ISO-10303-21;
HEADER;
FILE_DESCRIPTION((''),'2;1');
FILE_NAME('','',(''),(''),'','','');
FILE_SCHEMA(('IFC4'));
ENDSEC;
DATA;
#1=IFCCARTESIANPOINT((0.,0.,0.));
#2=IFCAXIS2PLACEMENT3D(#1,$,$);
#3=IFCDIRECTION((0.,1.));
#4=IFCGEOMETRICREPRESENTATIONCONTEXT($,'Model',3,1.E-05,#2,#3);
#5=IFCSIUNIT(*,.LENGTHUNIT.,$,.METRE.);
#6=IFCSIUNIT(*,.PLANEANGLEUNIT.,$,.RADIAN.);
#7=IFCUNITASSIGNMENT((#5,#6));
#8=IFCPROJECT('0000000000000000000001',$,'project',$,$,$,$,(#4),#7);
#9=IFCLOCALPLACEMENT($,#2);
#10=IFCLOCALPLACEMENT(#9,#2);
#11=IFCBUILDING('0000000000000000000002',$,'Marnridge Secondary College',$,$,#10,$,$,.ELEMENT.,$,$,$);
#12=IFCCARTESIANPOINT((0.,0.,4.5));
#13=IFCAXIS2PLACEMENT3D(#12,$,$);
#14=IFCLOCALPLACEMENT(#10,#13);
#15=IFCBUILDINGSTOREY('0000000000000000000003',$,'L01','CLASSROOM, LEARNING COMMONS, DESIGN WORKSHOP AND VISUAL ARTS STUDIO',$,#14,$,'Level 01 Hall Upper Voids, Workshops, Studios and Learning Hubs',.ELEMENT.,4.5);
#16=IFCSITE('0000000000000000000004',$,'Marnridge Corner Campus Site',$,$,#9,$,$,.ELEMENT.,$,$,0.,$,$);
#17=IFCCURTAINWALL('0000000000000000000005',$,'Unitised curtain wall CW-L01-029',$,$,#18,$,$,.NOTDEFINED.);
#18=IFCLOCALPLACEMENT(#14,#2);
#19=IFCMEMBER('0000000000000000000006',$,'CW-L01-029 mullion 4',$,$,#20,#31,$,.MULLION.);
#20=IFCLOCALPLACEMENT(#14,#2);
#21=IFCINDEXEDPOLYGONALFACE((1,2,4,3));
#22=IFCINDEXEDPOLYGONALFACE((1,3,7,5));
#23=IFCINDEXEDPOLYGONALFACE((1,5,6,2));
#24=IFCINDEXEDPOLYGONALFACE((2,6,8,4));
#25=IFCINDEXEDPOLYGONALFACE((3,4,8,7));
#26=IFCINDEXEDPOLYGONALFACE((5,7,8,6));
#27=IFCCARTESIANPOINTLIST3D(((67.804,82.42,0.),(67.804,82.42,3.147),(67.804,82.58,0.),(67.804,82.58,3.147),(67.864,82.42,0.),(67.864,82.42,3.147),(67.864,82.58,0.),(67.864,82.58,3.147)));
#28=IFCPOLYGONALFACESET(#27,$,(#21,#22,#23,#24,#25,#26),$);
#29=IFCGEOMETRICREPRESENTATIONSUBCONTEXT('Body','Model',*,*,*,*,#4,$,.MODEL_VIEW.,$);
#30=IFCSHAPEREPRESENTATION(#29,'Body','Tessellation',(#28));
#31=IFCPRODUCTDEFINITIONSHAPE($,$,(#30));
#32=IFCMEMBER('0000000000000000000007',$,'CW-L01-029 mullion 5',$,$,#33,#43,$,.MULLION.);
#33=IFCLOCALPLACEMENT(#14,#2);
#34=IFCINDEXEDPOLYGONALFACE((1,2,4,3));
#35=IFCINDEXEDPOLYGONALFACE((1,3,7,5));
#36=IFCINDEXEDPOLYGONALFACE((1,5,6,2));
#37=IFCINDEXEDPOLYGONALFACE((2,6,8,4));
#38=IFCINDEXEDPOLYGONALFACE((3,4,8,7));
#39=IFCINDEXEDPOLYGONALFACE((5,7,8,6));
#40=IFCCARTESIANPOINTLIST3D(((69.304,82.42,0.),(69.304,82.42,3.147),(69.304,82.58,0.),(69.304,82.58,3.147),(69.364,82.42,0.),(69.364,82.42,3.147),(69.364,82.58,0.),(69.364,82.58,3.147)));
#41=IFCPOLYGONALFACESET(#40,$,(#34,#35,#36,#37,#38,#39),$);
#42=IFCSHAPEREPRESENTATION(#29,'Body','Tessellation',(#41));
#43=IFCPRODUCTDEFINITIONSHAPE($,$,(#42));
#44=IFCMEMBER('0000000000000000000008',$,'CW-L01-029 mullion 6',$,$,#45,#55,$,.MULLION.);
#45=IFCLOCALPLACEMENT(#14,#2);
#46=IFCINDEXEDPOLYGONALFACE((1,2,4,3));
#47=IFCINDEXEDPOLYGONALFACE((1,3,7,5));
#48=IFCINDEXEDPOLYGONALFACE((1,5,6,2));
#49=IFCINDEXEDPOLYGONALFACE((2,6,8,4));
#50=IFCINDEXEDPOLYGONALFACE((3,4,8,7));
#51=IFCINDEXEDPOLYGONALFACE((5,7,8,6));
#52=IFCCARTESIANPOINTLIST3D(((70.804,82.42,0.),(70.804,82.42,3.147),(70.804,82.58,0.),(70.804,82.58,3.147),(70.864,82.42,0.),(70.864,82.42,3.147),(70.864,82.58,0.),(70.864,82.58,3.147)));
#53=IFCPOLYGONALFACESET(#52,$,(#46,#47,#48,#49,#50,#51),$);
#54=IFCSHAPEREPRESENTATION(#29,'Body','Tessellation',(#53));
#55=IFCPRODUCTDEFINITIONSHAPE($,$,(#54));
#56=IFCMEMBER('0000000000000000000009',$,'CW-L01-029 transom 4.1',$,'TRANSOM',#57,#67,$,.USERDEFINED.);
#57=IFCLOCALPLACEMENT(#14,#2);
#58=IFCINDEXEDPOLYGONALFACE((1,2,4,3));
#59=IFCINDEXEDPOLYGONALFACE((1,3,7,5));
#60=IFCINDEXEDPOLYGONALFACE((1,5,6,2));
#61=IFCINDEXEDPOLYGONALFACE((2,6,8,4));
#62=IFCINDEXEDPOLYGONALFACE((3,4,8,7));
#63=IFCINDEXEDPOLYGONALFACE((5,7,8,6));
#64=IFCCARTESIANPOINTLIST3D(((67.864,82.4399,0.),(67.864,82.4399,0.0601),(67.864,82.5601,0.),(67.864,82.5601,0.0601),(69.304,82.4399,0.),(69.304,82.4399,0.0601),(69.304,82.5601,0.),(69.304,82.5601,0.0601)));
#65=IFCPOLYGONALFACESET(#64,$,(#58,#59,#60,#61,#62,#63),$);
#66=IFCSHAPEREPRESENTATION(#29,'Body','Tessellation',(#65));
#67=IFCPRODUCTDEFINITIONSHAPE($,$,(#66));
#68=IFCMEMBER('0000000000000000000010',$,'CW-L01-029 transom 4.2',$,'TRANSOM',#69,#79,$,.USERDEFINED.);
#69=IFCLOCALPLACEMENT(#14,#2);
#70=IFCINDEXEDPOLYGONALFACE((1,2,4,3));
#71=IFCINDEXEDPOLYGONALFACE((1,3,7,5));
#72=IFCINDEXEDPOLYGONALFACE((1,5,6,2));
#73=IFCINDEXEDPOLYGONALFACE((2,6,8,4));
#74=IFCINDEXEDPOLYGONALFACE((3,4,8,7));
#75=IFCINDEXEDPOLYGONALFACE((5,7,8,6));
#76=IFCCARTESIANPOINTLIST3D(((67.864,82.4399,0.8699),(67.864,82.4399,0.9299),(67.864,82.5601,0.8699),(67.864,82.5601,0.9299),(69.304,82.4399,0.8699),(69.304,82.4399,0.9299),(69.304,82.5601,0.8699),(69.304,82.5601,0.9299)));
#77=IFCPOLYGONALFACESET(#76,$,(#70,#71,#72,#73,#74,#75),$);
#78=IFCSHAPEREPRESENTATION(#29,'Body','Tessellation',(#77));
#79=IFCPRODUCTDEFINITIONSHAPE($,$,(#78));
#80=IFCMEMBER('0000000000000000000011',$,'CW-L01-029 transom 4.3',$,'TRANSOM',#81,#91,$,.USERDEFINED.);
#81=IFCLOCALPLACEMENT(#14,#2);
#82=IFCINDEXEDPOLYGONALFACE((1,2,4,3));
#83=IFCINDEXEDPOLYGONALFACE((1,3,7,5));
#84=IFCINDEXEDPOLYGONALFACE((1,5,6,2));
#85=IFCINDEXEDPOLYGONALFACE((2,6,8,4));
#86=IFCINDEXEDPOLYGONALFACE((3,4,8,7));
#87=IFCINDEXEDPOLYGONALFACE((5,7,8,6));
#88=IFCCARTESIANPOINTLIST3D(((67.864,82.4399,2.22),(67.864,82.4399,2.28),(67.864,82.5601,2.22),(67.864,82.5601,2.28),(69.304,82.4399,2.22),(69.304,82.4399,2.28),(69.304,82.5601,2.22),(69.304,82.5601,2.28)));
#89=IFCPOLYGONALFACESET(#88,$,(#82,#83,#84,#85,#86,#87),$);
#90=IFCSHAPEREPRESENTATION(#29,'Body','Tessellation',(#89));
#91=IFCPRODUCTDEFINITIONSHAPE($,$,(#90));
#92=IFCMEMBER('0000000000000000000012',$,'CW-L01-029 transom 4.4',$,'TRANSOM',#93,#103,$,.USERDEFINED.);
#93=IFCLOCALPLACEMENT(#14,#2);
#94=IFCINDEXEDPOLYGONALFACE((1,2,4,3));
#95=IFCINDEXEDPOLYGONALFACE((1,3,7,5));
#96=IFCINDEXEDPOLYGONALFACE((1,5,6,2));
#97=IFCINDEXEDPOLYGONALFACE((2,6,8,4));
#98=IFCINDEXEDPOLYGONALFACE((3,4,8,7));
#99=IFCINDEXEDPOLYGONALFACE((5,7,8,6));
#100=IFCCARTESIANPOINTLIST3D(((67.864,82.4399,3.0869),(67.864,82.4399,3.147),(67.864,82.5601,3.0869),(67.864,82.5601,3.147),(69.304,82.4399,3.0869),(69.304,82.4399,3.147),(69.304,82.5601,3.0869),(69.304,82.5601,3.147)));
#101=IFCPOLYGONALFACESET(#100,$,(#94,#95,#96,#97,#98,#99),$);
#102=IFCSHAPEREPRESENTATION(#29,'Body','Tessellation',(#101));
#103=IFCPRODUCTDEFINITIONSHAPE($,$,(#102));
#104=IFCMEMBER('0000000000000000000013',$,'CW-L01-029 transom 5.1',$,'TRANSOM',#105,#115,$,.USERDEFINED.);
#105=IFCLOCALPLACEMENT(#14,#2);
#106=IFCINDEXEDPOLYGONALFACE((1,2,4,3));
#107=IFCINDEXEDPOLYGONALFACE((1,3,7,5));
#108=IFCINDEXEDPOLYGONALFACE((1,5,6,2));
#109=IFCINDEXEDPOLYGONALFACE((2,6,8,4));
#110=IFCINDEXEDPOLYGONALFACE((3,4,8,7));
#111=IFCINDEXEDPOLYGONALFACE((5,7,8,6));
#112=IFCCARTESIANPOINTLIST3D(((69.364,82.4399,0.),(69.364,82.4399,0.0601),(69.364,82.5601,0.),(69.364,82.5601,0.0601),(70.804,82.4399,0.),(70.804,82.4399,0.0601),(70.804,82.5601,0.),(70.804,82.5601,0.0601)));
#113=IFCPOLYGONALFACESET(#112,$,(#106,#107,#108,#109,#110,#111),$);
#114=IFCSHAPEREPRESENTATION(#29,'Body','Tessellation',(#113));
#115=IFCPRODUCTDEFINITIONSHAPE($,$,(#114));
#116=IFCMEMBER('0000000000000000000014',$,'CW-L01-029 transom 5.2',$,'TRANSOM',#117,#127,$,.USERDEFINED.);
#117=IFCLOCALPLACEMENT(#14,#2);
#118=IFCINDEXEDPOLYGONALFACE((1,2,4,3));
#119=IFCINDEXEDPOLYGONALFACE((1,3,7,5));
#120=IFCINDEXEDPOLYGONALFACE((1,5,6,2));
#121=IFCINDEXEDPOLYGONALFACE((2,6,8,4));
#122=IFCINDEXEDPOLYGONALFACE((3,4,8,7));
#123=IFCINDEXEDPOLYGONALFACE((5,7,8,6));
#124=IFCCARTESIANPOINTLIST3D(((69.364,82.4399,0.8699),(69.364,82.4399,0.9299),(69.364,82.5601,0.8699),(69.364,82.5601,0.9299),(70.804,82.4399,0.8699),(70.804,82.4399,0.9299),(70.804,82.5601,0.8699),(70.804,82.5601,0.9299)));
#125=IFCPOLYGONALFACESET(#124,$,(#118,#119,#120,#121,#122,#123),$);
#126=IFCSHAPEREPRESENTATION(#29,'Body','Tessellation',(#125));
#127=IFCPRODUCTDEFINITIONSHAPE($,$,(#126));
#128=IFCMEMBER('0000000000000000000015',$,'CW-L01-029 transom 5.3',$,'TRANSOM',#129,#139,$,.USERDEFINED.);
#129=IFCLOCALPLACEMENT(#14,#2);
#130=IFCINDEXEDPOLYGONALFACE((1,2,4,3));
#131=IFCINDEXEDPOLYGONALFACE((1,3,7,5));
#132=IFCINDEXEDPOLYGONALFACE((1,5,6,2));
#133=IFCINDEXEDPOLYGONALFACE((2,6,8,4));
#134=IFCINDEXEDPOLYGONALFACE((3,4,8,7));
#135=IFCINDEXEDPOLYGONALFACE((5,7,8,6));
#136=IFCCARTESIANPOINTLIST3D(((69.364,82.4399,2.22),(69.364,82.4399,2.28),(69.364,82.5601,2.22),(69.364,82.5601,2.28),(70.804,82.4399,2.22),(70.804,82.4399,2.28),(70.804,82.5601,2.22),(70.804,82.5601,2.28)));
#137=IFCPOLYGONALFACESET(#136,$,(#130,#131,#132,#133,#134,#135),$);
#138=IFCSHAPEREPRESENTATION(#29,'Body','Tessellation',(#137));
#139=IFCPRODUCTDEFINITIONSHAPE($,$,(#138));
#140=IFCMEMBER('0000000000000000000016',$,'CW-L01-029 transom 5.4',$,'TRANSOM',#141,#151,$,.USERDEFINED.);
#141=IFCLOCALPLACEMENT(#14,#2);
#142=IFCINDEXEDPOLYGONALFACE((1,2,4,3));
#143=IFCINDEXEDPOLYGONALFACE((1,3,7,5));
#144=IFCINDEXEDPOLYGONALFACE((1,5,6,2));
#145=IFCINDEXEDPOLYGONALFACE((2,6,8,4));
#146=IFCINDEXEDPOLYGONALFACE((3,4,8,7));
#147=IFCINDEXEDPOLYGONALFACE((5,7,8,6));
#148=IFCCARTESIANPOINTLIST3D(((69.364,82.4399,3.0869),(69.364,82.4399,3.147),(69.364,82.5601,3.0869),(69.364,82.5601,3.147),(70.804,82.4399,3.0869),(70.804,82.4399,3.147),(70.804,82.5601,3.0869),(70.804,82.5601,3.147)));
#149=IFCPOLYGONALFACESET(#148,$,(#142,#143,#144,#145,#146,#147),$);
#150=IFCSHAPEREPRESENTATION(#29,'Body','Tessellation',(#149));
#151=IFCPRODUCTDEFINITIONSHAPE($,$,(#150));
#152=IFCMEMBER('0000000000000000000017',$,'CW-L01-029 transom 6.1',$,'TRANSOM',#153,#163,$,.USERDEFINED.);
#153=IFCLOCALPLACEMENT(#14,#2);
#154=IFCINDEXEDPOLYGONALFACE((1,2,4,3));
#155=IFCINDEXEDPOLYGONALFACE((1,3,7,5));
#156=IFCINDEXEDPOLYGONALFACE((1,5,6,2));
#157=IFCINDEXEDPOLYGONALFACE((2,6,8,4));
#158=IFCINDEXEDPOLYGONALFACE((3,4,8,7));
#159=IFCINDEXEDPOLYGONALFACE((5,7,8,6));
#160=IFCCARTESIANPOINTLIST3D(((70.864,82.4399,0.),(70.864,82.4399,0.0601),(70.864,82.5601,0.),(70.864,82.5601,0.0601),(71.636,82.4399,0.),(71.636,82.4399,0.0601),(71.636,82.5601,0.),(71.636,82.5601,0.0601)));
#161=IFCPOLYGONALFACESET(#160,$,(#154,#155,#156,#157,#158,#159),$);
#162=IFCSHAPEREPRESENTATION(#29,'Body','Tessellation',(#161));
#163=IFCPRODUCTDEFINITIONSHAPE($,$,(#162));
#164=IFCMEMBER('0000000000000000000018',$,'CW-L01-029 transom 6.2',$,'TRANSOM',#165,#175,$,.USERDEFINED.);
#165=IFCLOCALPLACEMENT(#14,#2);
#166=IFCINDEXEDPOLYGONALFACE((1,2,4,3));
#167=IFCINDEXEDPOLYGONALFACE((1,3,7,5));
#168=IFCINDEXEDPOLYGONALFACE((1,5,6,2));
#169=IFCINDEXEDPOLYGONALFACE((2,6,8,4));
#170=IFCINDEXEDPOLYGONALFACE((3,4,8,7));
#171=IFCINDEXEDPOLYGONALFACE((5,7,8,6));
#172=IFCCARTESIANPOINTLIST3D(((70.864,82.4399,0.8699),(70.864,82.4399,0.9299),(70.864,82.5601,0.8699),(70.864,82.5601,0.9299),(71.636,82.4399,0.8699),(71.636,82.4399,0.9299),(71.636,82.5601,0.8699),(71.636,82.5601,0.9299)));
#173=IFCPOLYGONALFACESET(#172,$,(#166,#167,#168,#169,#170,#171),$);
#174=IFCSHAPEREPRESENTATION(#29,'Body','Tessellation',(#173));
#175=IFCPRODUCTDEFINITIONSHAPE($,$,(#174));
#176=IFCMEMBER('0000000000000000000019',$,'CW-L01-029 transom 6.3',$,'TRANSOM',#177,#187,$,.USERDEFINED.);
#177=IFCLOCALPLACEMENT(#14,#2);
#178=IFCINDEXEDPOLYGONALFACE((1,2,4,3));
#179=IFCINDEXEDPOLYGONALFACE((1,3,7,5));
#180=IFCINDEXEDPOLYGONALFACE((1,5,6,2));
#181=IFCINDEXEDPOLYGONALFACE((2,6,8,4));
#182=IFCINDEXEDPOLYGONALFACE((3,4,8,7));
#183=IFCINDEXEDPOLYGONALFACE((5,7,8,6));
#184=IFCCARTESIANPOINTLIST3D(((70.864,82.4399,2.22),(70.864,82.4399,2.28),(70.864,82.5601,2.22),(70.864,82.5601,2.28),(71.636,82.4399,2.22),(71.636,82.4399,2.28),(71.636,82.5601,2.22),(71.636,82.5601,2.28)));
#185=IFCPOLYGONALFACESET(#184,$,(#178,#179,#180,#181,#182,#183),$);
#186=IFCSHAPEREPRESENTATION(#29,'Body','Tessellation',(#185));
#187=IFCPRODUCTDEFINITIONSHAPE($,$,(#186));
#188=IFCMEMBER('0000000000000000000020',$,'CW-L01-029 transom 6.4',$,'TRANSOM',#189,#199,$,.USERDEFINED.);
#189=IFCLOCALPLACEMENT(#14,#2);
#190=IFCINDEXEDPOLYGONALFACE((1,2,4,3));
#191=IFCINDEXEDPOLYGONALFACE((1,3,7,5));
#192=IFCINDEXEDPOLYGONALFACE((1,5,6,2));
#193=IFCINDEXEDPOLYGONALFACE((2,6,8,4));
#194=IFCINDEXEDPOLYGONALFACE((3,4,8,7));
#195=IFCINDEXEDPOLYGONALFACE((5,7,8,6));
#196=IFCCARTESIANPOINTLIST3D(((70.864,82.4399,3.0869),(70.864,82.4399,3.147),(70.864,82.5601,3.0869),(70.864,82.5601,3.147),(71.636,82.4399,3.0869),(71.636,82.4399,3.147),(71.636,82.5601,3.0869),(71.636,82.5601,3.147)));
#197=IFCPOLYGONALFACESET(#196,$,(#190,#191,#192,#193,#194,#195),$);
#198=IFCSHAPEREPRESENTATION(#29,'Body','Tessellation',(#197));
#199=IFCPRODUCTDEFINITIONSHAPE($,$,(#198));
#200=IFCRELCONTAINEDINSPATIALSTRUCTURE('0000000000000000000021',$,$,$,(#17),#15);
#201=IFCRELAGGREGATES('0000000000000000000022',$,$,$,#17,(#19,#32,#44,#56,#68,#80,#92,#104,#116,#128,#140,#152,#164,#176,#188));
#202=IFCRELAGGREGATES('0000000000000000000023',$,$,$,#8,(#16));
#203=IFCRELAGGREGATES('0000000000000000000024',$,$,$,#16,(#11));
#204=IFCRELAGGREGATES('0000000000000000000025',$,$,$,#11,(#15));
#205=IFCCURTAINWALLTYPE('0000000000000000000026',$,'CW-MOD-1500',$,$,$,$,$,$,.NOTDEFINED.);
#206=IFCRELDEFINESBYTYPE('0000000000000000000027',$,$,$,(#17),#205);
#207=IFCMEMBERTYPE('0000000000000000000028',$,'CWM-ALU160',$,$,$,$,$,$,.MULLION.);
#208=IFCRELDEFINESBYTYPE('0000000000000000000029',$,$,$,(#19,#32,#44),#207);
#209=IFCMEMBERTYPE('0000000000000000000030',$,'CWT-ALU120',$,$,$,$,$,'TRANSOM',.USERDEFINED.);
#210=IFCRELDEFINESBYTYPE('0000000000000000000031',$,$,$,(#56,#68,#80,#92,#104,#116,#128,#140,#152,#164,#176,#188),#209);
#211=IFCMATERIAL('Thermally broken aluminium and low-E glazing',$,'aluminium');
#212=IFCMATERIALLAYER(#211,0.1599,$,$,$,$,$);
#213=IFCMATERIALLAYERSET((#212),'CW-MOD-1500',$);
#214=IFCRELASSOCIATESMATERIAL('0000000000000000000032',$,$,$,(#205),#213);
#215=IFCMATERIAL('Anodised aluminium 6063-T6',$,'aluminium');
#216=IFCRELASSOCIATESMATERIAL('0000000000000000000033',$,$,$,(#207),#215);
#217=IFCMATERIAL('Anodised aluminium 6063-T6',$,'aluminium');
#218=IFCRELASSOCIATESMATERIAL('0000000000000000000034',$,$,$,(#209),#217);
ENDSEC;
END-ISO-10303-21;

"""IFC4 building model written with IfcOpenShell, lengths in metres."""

from ifc_helpers import new_model, si_unit, direction, frame, origin, origin_2d, place, context, subcontext, project, spatial, rectangle, extrude, material, layer, layer_set, material_profile, profile_set, type_object, element, aggregate, save


model = new_model("IFC4")

# Units and contexts
model_context = context("Model", 3, precision=1e-05, world=origin(), true_north=direction((0.0, 1.0)))
body_context = subcontext(model_context, "Body", "Model", "MODEL_VIEW")
ifc_project = project(units=[si_unit("LENGTHUNIT", "METRE"), si_unit("PLANEANGLEUNIT", "RADIAN")], contexts=[model_context])

# Site, building, storey
site_placement = place(None, origin())
site = spatial("IfcSite", under=ifc_project, at=site_placement, Name="Marnridge Corner Campus Site", CompositionType="ELEMENT", RefElevation=0.0)
building_placement = place(site_placement, origin())
building = spatial("IfcBuilding", under=site, at=building_placement, Name="Marnridge Secondary College", CompositionType="ELEMENT")
storey_placement = place(building_placement, frame((0.0, 0.0, 4.5)))
storey = spatial("IfcBuildingStorey", under=building, at=storey_placement, Name="L01", Description="CLASSROOM, LEARNING COMMONS, DESIGN WORKSHOP AND VISUAL ARTS STUDIO", LongName="Level 01 Hall Upper Voids, Workshops, Studios and Learning Hubs", CompositionType="ELEMENT", Elevation=4.5)

# Curtain wall, members
ifc_material_1 = material(Name="Thermally broken aluminium and low-E glazing", Category="aluminium")
ifc_layer_1 = layer(ifc_material_1, 0.1599)
ifc_layer_set_1 = layer_set([ifc_layer_1], Name="CW-MOD-1500")
curtain_wall_type = type_object("IfcCurtainWallType", Name="CW-MOD-1500", PredefinedType="NOTDEFINED", material=ifc_layer_set_1)
curtain_wall_placement = place(storey_placement, origin())
curtain_wall = element("IfcCurtainWall", 1, at=curtain_wall_placement, inside=storey, type_object=curtain_wall_type, Name="Unitised curtain wall CW-L01-029", PredefinedType="NOTDEFINED")
ifc_material_2 = material(Name="Anodised aluminium 6063-T6", Category="aluminium")
ifc_material_profile_1 = material_profile(ifc_material_2, rectangle(XDim=0.0601, YDim=0.1599, at=origin_2d()), Name="ALU 60x160")
ifc_profile_set_1 = profile_set([ifc_material_profile_1], Name="Anodised aluminium 6063-T6")
member_type_1 = type_object("IfcMemberType", Name="CWM-ALU160", PredefinedType="MULLION", material=ifc_profile_set_1)
member_1_placement = place(storey_placement, frame((67.834, 82.5, 0.0), z_axis=(0.0, 0.0, 1.0), x_axis=(1.0, 0.0, 0.0)))
member_1 = element("IfcMember", 2, at=member_1_placement, type_object=member_type_1, Name="CW-L01-029 mullion 4", PredefinedType="MULLION", context=body_context, shape_type="SweptSolid", body=[
    extrude(rectangle(XDim=0.0601, YDim=0.1599, at=origin_2d()), origin(), (0.0, 0.0, 1.0), 3.147),
])
member_2_placement = place(storey_placement, frame((69.334, 82.5, 0.0), z_axis=(0.0, 0.0, 1.0), x_axis=(1.0, 0.0, 0.0)))
member_2 = element("IfcMember", 3, at=member_2_placement, type_object=member_type_1, Name="CW-L01-029 mullion 5", PredefinedType="MULLION", context=body_context, shape_type="SweptSolid", body=[
    extrude(rectangle(XDim=0.0601, YDim=0.1599, at=origin_2d()), origin(), (0.0, 0.0, 1.0), 3.147),
])
member_3_placement = place(storey_placement, frame((70.834, 82.5, 0.0), z_axis=(0.0, 0.0, 1.0), x_axis=(1.0, 0.0, 0.0)))
member_3 = element("IfcMember", 4, at=member_3_placement, type_object=member_type_1, Name="CW-L01-029 mullion 6", PredefinedType="MULLION", context=body_context, shape_type="SweptSolid", body=[
    extrude(rectangle(XDim=0.0601, YDim=0.1599, at=origin_2d()), origin(), (0.0, 0.0, 1.0), 3.147),
])
ifc_material_3 = material(Name="Anodised aluminium 6063-T6", Category="aluminium")
ifc_material_profile_2 = material_profile(ifc_material_3, rectangle(XDim=0.0601, YDim=0.1201, at=origin_2d()), Name="ALU 60x120")
ifc_profile_set_2 = profile_set([ifc_material_profile_2], Name="Anodised aluminium 6063-T6")
member_type_2 = type_object("IfcMemberType", Name="CWT-ALU120", ElementType="TRANSOM", PredefinedType="USERDEFINED", material=ifc_profile_set_2)
member_4_placement = place(storey_placement, frame((67.864, 82.5, 0.03), z_axis=(1.0, 0.0, 0.0), x_axis=(0.0, 0.0, 1.0)))
member_4 = element("IfcMember", 5, at=member_4_placement, type_object=member_type_2, Name="CW-L01-029 transom 4.1", ObjectType="TRANSOM", PredefinedType="USERDEFINED", context=body_context, shape_type="SweptSolid", body=[
    extrude(rectangle(XDim=0.0601, YDim=0.1201, at=origin_2d()), origin(), (0.0, 0.0, 1.0), 1.4399),
])
member_5_placement = place(storey_placement, frame((67.864, 82.5, 0.8999), z_axis=(1.0, 0.0, 0.0), x_axis=(0.0, 0.0, 1.0)))
member_5 = element("IfcMember", 6, at=member_5_placement, type_object=member_type_2, Name="CW-L01-029 transom 4.2", ObjectType="TRANSOM", PredefinedType="USERDEFINED", context=body_context, shape_type="SweptSolid", body=[
    extrude(rectangle(XDim=0.0601, YDim=0.1201, at=origin_2d()), origin(), (0.0, 0.0, 1.0), 1.4399),
])
member_6_placement = place(storey_placement, frame((67.864, 82.5, 2.25), z_axis=(1.0, 0.0, 0.0), x_axis=(0.0, 0.0, 1.0)))
member_6 = element("IfcMember", 7, at=member_6_placement, type_object=member_type_2, Name="CW-L01-029 transom 4.3", ObjectType="TRANSOM", PredefinedType="USERDEFINED", context=body_context, shape_type="SweptSolid", body=[
    extrude(rectangle(XDim=0.0601, YDim=0.1201, at=origin_2d()), origin(), (0.0, 0.0, 1.0), 1.4399),
])
member_7_placement = place(storey_placement, frame((67.864, 82.5, 3.1169), z_axis=(1.0, 0.0, 0.0), x_axis=(0.0, 0.0, 1.0)))
member_7 = element("IfcMember", 8, at=member_7_placement, type_object=member_type_2, Name="CW-L01-029 transom 4.4", ObjectType="TRANSOM", PredefinedType="USERDEFINED", context=body_context, shape_type="SweptSolid", body=[
    extrude(rectangle(XDim=0.0601, YDim=0.1201, at=origin_2d()), origin(), (0.0, 0.0, 1.0), 1.4399),
])
member_8_placement = place(storey_placement, frame((69.364, 82.5, 0.03), z_axis=(1.0, 0.0, 0.0), x_axis=(0.0, 0.0, 1.0)))
member_8 = element("IfcMember", 9, at=member_8_placement, type_object=member_type_2, Name="CW-L01-029 transom 5.1", ObjectType="TRANSOM", PredefinedType="USERDEFINED", context=body_context, shape_type="SweptSolid", body=[
    extrude(rectangle(XDim=0.0601, YDim=0.1201, at=origin_2d()), origin(), (0.0, 0.0, 1.0), 1.4399),
])
member_9_placement = place(storey_placement, frame((69.364, 82.5, 0.8999), z_axis=(1.0, 0.0, 0.0), x_axis=(0.0, 0.0, 1.0)))
member_9 = element("IfcMember", 10, at=member_9_placement, type_object=member_type_2, Name="CW-L01-029 transom 5.2", ObjectType="TRANSOM", PredefinedType="USERDEFINED", context=body_context, shape_type="SweptSolid", body=[
    extrude(rectangle(XDim=0.0601, YDim=0.1201, at=origin_2d()), origin(), (0.0, 0.0, 1.0), 1.4399),
])
member_10_placement = place(storey_placement, frame((69.364, 82.5, 2.25), z_axis=(1.0, 0.0, 0.0), x_axis=(0.0, 0.0, 1.0)))
member_10 = element("IfcMember", 11, at=member_10_placement, type_object=member_type_2, Name="CW-L01-029 transom 5.3", ObjectType="TRANSOM", PredefinedType="USERDEFINED", context=body_context, shape_type="SweptSolid", body=[
    extrude(rectangle(XDim=0.0601, YDim=0.1201, at=origin_2d()), origin(), (0.0, 0.0, 1.0), 1.4399),
])
member_11_placement = place(storey_placement, frame((69.364, 82.5, 3.1169), z_axis=(1.0, 0.0, 0.0), x_axis=(0.0, 0.0, 1.0)))
member_11 = element("IfcMember", 12, at=member_11_placement, type_object=member_type_2, Name="CW-L01-029 transom 5.4", ObjectType="TRANSOM", PredefinedType="USERDEFINED", context=body_context, shape_type="SweptSolid", body=[
    extrude(rectangle(XDim=0.0601, YDim=0.1201, at=origin_2d()), origin(), (0.0, 0.0, 1.0), 1.4399),
])
member_12_placement = place(storey_placement, frame((70.864, 82.5, 0.03), z_axis=(1.0, 0.0, 0.0), x_axis=(0.0, 0.0, 1.0)))
member_12 = element("IfcMember", 13, at=member_12_placement, type_object=member_type_2, Name="CW-L01-029 transom 6.1", ObjectType="TRANSOM", PredefinedType="USERDEFINED", context=body_context, shape_type="SweptSolid", body=[
    extrude(rectangle(XDim=0.0601, YDim=0.1201, at=origin_2d()), origin(), (0.0, 0.0, 1.0), 0.772),
])
member_13_placement = place(storey_placement, frame((70.864, 82.5, 0.8999), z_axis=(1.0, 0.0, 0.0), x_axis=(0.0, 0.0, 1.0)))
member_13 = element("IfcMember", 14, at=member_13_placement, type_object=member_type_2, Name="CW-L01-029 transom 6.2", ObjectType="TRANSOM", PredefinedType="USERDEFINED", context=body_context, shape_type="SweptSolid", body=[
    extrude(rectangle(XDim=0.0601, YDim=0.1201, at=origin_2d()), origin(), (0.0, 0.0, 1.0), 0.772),
])
member_14_placement = place(storey_placement, frame((70.864, 82.5, 2.25), z_axis=(1.0, 0.0, 0.0), x_axis=(0.0, 0.0, 1.0)))
member_14 = element("IfcMember", 15, at=member_14_placement, type_object=member_type_2, Name="CW-L01-029 transom 6.3", ObjectType="TRANSOM", PredefinedType="USERDEFINED", context=body_context, shape_type="SweptSolid", body=[
    extrude(rectangle(XDim=0.0601, YDim=0.1201, at=origin_2d()), origin(), (0.0, 0.0, 1.0), 0.772),
])
member_15_placement = place(storey_placement, frame((70.864, 82.5, 3.1169), z_axis=(1.0, 0.0, 0.0), x_axis=(0.0, 0.0, 1.0)))
member_15 = element("IfcMember", 16, at=member_15_placement, type_object=member_type_2, Name="CW-L01-029 transom 6.4", ObjectType="TRANSOM", PredefinedType="USERDEFINED", context=body_context, shape_type="SweptSolid", body=[
    extrude(rectangle(XDim=0.0601, YDim=0.1201, at=origin_2d()), origin(), (0.0, 0.0, 1.0), 0.772),
])
aggregate(curtain_wall, [member_1, member_2, member_3, member_4, member_5, member_6, member_7, member_8, member_9, member_10, member_11, member_12, member_13, member_14, member_15])

save(model, "model.ifc")
